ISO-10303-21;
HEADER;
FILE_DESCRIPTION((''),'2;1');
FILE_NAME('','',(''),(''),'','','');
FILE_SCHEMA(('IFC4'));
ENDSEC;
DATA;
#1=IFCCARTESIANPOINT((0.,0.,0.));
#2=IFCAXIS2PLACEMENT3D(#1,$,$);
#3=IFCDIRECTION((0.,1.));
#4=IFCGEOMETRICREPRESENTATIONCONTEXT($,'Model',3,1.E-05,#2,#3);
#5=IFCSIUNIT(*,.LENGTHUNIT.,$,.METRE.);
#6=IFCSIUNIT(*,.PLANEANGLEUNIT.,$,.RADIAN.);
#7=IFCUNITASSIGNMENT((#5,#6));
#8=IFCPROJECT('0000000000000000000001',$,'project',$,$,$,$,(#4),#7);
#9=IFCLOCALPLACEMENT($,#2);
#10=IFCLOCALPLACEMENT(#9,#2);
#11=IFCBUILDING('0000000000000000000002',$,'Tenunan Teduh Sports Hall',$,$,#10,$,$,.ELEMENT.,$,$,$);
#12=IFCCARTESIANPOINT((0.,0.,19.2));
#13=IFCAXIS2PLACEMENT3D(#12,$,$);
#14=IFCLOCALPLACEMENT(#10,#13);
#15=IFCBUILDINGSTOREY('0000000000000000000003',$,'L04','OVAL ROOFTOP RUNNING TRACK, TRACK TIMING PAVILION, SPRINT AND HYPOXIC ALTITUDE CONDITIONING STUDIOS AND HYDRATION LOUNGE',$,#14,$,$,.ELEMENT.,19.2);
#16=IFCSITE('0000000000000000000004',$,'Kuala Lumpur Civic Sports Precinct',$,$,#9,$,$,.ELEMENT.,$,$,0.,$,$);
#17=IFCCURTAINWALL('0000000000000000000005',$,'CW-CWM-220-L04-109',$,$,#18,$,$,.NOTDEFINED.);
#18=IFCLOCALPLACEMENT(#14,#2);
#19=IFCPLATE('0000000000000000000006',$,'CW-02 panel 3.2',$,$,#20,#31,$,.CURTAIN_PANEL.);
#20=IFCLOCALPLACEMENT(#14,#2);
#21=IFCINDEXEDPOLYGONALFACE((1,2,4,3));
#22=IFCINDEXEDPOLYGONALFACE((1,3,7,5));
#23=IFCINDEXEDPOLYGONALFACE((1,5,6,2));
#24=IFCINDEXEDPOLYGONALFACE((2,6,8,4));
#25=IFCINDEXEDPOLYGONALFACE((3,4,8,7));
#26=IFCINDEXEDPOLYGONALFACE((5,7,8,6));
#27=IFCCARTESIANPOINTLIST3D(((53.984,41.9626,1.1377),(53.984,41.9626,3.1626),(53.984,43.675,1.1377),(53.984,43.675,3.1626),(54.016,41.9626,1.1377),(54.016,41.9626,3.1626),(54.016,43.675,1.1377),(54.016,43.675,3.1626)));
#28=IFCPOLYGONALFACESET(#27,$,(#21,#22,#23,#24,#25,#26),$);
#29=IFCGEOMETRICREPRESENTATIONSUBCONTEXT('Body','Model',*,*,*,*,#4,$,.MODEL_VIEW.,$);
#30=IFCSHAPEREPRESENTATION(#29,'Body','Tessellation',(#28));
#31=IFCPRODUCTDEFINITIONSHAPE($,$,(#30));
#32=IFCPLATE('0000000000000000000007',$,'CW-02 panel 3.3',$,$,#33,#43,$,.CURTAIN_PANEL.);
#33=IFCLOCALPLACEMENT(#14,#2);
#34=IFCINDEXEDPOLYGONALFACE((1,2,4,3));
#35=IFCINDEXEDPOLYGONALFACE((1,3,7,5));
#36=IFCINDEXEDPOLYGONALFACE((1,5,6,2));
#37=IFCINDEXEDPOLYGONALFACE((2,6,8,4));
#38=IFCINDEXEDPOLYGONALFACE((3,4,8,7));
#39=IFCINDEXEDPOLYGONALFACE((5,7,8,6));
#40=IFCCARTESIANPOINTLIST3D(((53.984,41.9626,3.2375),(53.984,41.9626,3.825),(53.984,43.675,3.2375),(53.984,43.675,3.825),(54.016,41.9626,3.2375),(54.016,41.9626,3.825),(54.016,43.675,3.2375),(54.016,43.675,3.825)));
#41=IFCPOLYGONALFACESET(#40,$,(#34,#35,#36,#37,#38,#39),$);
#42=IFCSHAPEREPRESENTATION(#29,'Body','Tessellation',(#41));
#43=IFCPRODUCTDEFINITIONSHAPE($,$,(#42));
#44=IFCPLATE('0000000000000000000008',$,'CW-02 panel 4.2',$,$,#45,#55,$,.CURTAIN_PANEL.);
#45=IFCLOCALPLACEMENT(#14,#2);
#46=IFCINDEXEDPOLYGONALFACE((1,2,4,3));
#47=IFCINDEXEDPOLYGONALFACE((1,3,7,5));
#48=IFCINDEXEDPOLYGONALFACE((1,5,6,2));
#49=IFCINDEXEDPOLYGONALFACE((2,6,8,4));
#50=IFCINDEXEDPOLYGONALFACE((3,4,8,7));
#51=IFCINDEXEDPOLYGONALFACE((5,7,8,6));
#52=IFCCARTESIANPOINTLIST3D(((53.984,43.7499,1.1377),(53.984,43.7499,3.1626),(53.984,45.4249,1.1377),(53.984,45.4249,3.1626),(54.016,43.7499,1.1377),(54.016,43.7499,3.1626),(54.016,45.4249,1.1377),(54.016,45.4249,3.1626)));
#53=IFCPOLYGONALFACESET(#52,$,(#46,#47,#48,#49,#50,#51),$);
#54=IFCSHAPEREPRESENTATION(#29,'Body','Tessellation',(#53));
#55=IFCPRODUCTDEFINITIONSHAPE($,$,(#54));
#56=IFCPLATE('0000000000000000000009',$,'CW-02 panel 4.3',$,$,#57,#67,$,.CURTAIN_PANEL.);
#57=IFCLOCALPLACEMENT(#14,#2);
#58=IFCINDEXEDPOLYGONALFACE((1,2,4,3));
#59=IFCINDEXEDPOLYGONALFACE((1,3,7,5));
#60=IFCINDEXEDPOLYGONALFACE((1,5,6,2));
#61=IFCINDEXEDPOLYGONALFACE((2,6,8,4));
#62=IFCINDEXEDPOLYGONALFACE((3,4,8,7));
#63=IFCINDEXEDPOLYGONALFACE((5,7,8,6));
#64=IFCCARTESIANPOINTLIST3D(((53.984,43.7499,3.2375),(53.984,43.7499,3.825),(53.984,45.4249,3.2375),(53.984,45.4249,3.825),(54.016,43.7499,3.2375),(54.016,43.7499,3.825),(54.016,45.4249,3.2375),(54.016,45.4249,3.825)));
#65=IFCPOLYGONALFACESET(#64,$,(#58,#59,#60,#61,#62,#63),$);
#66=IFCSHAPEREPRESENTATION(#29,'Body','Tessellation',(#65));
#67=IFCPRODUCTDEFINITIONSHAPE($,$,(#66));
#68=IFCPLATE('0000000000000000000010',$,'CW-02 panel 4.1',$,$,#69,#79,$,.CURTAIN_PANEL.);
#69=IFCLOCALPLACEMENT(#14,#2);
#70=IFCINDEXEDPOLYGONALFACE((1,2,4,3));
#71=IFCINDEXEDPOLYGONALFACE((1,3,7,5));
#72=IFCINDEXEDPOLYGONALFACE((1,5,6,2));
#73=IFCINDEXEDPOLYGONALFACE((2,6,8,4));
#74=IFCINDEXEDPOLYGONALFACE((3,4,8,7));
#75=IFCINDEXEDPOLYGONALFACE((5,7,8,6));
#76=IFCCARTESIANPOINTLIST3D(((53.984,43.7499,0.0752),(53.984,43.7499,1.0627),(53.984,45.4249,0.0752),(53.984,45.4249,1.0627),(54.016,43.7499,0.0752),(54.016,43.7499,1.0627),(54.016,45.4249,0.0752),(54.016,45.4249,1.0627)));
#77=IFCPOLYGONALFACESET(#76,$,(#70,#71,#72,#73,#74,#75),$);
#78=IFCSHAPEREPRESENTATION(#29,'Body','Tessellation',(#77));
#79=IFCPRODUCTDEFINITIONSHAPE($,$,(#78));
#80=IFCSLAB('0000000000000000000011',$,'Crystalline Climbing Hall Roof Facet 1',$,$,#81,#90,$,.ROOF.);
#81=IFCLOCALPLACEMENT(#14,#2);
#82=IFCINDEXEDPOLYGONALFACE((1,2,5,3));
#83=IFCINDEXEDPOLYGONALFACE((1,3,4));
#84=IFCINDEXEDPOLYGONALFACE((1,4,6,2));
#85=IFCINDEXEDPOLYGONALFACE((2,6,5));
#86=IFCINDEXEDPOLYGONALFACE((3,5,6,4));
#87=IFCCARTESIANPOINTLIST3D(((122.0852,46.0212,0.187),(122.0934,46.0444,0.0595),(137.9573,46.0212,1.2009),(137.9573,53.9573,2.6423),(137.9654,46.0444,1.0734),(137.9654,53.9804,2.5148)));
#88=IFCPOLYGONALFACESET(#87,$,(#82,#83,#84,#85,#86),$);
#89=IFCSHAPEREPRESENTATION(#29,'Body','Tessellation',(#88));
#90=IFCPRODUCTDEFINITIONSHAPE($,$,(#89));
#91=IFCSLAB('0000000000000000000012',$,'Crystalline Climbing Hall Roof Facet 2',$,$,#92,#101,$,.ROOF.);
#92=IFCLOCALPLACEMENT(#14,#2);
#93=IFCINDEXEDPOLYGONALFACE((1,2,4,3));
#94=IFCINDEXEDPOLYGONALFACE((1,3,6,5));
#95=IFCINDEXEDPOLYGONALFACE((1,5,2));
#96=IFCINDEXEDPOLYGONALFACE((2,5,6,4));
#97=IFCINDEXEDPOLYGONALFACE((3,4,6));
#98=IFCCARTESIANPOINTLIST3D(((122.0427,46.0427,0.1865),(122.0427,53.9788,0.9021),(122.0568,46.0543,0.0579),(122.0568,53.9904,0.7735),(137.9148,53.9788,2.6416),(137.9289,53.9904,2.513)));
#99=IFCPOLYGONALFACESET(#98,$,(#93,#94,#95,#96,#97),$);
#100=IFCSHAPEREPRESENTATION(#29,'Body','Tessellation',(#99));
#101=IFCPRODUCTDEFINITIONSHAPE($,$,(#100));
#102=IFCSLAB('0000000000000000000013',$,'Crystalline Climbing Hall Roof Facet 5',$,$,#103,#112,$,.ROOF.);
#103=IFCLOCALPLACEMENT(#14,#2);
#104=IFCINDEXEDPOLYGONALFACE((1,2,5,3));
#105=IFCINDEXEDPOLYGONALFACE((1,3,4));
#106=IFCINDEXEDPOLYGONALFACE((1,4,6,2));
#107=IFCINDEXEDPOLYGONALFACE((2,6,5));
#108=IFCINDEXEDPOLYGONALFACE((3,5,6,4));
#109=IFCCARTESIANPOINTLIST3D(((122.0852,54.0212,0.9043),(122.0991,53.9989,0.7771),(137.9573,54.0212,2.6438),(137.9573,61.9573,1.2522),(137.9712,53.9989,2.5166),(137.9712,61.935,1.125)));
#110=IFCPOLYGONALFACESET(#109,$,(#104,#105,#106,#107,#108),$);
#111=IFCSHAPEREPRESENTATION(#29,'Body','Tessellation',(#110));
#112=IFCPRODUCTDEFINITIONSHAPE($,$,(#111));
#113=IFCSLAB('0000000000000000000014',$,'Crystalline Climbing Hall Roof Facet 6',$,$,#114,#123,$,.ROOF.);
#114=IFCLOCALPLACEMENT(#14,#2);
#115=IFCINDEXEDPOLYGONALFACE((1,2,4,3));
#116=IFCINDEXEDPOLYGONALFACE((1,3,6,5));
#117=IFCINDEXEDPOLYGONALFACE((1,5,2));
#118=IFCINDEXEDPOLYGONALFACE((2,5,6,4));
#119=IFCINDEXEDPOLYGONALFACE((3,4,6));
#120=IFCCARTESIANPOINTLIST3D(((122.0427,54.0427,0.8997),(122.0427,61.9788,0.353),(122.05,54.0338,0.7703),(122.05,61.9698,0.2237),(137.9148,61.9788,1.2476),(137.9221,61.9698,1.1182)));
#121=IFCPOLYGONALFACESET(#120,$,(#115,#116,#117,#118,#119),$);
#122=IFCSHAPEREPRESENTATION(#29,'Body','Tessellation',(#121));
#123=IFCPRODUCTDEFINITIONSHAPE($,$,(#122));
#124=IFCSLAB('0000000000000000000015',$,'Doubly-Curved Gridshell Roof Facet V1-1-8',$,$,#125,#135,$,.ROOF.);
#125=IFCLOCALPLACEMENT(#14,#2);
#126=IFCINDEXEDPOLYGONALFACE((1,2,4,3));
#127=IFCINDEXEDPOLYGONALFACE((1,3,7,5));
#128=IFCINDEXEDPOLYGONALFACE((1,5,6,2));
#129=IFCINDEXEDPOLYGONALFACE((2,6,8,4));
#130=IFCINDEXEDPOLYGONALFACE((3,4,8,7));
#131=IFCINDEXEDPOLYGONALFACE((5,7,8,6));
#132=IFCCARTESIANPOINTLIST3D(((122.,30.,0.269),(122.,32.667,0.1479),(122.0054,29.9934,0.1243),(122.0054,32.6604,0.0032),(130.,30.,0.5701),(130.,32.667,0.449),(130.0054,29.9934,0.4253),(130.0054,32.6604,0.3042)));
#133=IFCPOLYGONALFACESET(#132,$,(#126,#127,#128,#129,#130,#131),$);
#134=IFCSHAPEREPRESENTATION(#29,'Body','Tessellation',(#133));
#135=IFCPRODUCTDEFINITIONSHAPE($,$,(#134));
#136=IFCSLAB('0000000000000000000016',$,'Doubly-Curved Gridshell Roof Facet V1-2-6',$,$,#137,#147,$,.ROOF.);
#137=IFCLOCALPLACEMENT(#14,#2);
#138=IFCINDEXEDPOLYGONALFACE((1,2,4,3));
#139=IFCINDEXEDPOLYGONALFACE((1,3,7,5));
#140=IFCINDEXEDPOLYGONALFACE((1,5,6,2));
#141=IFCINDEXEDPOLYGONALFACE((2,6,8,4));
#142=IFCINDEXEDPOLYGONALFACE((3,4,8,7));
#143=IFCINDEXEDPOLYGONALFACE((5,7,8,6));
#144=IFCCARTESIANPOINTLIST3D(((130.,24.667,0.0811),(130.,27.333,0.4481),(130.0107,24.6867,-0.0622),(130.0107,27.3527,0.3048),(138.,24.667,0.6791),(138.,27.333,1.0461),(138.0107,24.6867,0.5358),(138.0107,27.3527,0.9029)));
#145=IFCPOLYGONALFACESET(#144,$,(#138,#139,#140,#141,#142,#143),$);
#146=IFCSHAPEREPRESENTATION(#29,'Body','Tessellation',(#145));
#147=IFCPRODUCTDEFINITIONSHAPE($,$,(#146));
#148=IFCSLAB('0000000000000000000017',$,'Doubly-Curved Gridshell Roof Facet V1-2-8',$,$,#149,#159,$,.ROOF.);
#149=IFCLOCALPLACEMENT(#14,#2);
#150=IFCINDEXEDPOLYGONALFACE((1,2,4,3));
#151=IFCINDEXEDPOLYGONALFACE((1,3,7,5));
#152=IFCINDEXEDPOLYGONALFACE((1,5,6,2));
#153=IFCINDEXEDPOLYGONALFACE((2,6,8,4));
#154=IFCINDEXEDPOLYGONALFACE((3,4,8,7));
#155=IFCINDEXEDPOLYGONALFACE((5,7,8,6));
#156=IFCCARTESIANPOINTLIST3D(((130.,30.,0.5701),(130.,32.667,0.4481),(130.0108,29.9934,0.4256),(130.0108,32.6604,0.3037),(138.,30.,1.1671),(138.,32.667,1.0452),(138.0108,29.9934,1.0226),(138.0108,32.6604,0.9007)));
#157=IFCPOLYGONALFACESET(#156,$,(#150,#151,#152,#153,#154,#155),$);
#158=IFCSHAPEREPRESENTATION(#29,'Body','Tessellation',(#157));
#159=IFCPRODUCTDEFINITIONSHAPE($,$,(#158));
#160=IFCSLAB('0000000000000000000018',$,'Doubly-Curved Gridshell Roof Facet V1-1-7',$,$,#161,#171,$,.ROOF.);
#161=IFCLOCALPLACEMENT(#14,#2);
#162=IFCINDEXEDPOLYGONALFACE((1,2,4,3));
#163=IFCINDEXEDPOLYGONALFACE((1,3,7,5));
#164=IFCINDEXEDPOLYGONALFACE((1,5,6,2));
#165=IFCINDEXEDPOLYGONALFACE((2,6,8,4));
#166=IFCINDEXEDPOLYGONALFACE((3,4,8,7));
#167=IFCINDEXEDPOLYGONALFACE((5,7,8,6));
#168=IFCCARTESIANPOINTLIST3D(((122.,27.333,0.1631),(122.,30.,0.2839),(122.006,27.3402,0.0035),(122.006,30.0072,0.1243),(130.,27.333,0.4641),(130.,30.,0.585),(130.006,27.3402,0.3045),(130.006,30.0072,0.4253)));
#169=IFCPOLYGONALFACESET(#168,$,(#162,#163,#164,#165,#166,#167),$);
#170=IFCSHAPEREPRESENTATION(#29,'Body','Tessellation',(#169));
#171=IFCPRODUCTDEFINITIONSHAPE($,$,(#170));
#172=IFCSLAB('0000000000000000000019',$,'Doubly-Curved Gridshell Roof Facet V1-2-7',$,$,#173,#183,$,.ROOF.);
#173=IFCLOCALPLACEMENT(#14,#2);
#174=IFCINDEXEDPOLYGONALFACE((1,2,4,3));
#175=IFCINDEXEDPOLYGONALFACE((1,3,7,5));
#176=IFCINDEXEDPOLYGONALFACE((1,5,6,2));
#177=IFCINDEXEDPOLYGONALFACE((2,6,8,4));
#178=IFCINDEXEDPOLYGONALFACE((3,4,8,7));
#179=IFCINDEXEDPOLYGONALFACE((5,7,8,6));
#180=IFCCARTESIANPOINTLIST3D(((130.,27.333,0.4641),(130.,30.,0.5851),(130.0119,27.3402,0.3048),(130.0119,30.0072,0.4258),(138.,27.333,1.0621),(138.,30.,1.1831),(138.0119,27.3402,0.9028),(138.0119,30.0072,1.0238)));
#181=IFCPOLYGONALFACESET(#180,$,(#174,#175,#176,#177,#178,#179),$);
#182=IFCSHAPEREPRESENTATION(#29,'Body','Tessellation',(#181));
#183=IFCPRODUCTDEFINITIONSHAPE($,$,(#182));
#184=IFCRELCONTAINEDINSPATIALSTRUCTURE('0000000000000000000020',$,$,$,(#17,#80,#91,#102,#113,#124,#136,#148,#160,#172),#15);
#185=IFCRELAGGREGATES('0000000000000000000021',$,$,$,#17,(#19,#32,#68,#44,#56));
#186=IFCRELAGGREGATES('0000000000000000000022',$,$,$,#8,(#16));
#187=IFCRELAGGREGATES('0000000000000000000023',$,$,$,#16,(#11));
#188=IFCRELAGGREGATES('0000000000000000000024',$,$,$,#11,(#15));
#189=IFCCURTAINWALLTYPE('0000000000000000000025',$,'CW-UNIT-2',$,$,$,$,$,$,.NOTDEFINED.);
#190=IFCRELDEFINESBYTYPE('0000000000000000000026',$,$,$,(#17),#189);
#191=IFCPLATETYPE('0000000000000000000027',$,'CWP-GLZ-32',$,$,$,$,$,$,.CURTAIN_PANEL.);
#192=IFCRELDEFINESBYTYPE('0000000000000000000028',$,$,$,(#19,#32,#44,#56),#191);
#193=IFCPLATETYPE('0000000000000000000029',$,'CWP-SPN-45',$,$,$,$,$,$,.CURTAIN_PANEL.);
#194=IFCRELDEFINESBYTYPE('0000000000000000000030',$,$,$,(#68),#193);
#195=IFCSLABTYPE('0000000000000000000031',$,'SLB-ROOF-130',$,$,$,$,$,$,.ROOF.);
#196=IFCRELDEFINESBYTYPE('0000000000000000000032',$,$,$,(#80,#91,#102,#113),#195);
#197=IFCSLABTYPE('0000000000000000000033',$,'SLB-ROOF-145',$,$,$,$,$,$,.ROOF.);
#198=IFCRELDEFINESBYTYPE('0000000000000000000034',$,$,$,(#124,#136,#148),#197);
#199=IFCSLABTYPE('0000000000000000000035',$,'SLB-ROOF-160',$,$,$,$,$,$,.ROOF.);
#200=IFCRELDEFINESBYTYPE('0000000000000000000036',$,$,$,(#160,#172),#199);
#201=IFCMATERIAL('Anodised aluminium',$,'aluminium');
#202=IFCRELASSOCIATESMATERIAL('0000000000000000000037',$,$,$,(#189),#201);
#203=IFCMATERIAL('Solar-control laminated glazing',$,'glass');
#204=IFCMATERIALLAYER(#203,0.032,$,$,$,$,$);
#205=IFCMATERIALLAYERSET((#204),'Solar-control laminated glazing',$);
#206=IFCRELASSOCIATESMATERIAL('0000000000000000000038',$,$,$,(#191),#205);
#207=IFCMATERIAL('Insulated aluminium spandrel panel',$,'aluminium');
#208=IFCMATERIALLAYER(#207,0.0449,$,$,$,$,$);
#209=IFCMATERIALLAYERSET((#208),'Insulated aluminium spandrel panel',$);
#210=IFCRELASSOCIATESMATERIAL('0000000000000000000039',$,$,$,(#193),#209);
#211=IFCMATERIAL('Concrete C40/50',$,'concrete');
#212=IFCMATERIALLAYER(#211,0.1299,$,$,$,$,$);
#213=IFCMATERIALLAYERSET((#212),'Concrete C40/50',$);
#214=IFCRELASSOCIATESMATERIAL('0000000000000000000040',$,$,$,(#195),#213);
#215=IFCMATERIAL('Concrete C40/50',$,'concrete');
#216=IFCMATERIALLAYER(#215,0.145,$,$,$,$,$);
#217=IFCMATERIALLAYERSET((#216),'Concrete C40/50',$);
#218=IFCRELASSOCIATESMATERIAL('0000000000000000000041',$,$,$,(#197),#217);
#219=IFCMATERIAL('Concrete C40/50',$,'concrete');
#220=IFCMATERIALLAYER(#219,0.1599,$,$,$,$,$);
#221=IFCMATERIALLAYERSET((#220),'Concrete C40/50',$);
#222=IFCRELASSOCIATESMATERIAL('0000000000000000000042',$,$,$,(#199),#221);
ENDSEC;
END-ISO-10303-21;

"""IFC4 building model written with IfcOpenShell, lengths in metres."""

from ifc_helpers import new_model, si_unit, direction, frame, origin, origin_2d, place, context, subcontext, project, spatial, polyline, rectangle, outline, extrude, material, layer, layer_set, type_object, element, aggregate, save


model = new_model("IFC4")

# Units and contexts
model_context = context("Model", 3, precision=1e-05, world=origin(), true_north=direction((0.0, 1.0)))
body_context = subcontext(model_context, "Body", "Model", "MODEL_VIEW")
ifc_project = project(units=[si_unit("LENGTHUNIT", "METRE"), si_unit("PLANEANGLEUNIT", "RADIAN")], contexts=[model_context])

# Site, building, storey
site_placement = place(None, origin())
site = spatial("IfcSite", under=ifc_project, at=site_placement, Name="Kuala Lumpur Civic Sports Precinct", CompositionType="ELEMENT", RefElevation=0.0)
building_placement = place(site_placement, origin())
building = spatial("IfcBuilding", under=site, at=building_placement, Name="Tenunan Teduh Sports Hall", CompositionType="ELEMENT")
storey_placement = place(building_placement, frame((0.0, 0.0, 19.2)))
storey = spatial("IfcBuildingStorey", under=building, at=storey_placement, Name="L04", Description="OVAL ROOFTOP RUNNING TRACK, TRACK TIMING PAVILION, SPRINT AND HYPOXIC ALTITUDE CONDITIONING STUDIOS AND HYDRATION LOUNGE", CompositionType="ELEMENT", Elevation=19.2)

# Curtain wall
ifc_material_1 = material(Name="Anodised aluminium", Category="aluminium")
curtain_wall_type = type_object("IfcCurtainWallType", Name="CW-UNIT-2", PredefinedType="NOTDEFINED", material=ifc_material_1)
curtain_wall_placement = place(storey_placement, origin())
curtain_wall = element("IfcCurtainWall", 1, at=curtain_wall_placement, inside=storey, type_object=curtain_wall_type, Name="CW-CWM-220-L04-109", PredefinedType="NOTDEFINED")

# Plates
ifc_material_2 = material(Name="Solar-control laminated glazing", Category="glass")
ifc_layer_1 = layer(ifc_material_2, 0.032)
ifc_layer_set_1 = layer_set([ifc_layer_1], Name="Solar-control laminated glazing")
plate_type_1 = type_object("IfcPlateType", Name="CWP-GLZ-32", PredefinedType="CURTAIN_PANEL", material=ifc_layer_set_1)
plate_1_placement = place(storey_placement, frame((54.0, 42.8188, 1.1377), z_axis=(0.0, 0.0, 1.0), x_axis=(0.0, 1.0, 0.0)))
plate_1 = element("IfcPlate", 2, at=plate_1_placement, type_object=plate_type_1, Name="CW-02 panel 3.2", PredefinedType="CURTAIN_PANEL", context=body_context, shape_type="SweptSolid", body=[
    extrude(rectangle(XDim=1.7124, YDim=0.032, at=origin_2d()), origin(), (0.0, 0.0, 1.0), 2.0249),
])
plate_2_placement = place(storey_placement, frame((54.0, 42.8188, 3.2375), z_axis=(0.0, 0.0, 1.0), x_axis=(0.0, 1.0, 0.0)))
plate_2 = element("IfcPlate", 3, at=plate_2_placement, type_object=plate_type_1, Name="CW-02 panel 3.3", PredefinedType="CURTAIN_PANEL", context=body_context, shape_type="SweptSolid", body=[
    extrude(rectangle(XDim=1.7124, YDim=0.032, at=origin_2d()), origin(), (0.0, 0.0, 1.0), 0.5874),
])
plate_3_placement = place(storey_placement, frame((54.0, 44.5874, 1.1377), z_axis=(0.0, 0.0, 1.0), x_axis=(0.0, 1.0, 0.0)))
plate_3 = element("IfcPlate", 4, at=plate_3_placement, type_object=plate_type_1, Name="CW-02 panel 4.2", PredefinedType="CURTAIN_PANEL", context=body_context, shape_type="SweptSolid", body=[
    extrude(rectangle(XDim=1.675, YDim=0.032, at=origin_2d()), origin(), (0.0, 0.0, 1.0), 2.0249),
])
plate_4_placement = place(storey_placement, frame((54.0, 44.5874, 3.2375), z_axis=(0.0, 0.0, 1.0), x_axis=(0.0, 1.0, 0.0)))
plate_4 = element("IfcPlate", 5, at=plate_4_placement, type_object=plate_type_1, Name="CW-02 panel 4.3", PredefinedType="CURTAIN_PANEL", context=body_context, shape_type="SweptSolid", body=[
    extrude(rectangle(XDim=1.675, YDim=0.032, at=origin_2d()), origin(), (0.0, 0.0, 1.0), 0.5874),
])
ifc_material_3 = material(Name="Insulated aluminium spandrel panel", Category="aluminium")
ifc_layer_2 = layer(ifc_material_3, 0.0449)
ifc_layer_set_2 = layer_set([ifc_layer_2], Name="Insulated aluminium spandrel panel")
plate_type_2 = type_object("IfcPlateType", Name="CWP-SPN-45", PredefinedType="CURTAIN_PANEL", material=ifc_layer_set_2)
plate_5_placement = place(storey_placement, frame((54.0, 44.5874, 0.0752), z_axis=(0.0, 0.0, 1.0), x_axis=(0.0, 1.0, 0.0)))
plate_5 = element("IfcPlate", 6, at=plate_5_placement, type_object=plate_type_2, Name="CW-02 panel 4.1", PredefinedType="CURTAIN_PANEL", context=body_context, shape_type="SweptSolid", body=[
    extrude(rectangle(XDim=1.675, YDim=0.032, at=origin_2d()), origin(), (0.0, 0.0, 1.0), 0.9875),
])
aggregate(curtain_wall, [plate_1, plate_2, plate_5, plate_3, plate_4])

# Slabs
ifc_material_4 = material(Name="Concrete C40/50", Category="concrete")
ifc_layer_3 = layer(ifc_material_4, 0.1299)
ifc_layer_set_3 = layer_set([ifc_layer_3], Name="Concrete C40/50")
slab_type_1 = type_object("IfcSlabType", Name="SLB-ROOF-130", PredefinedType="ROOF", material=ifc_layer_set_3)
slab_1_placement = place(storey_placement, frame((122.0852, 46.0212, 0.187), z_axis=(-0.062728, -0.178352, 0.981965), x_axis=(0.997966, 0.0, 0.063751)))
element("IfcSlab", 7, at=slab_1_placement, inside=storey, type_object=slab_type_1, Name="Crystalline Climbing Hall Roof Facet 1", PredefinedType="ROOF", context=body_context, shape_type="SweptSolid", body=[
    extrude(outline(polyline([(0.0, 0.0), (15.9044, 0.0), (15.9963, 8.0653), (0.0, 0.0)])), origin(), (0.0, 0.0, -1.0), 0.1299),
])
slab_2_placement = place(storey_placement, frame((122.0427, 46.0427, 0.1865), z_axis=(-0.108508, -0.089273, 0.990079), x_axis=(0.885988, 0.442994, 0.137044)))
element("IfcSlab", 8, at=slab_2_placement, inside=storey, type_object=slab_type_1, Name="Crystalline Climbing Hall Roof Facet 2", PredefinedType="ROOF", context=body_context, shape_type="SweptSolid", body=[
    extrude(outline(polyline([(0.0, 0.0), (17.9145, 0.0), (3.6137, 7.1017), (0.0, 0.0)])), origin(), (0.0, 0.0, -1.0), 0.1299),
])
slab_3_placement = place(storey_placement, frame((122.0852, 54.0212, 0.9043), z_axis=(-0.107325, 0.171719, 0.979282), x_axis=(0.994048, 0.0, 0.108943)))
element("IfcSlab", 9, at=slab_3_placement, inside=storey, type_object=slab_type_1, Name="Crystalline Climbing Hall Roof Facet 5", PredefinedType="ROOF", context=body_context, shape_type="SweptSolid", body=[
    extrude(outline(polyline([(0.0, 0.0), (15.9671, 0.0), (15.8155, 8.0557), (0.0, 0.0)])), origin(), (0.0, 0.0, -1.0), 0.1299),
])
slab_4_placement = place(storey_placement, frame((122.0427, 54.0427, 0.8997), z_axis=(-0.056137, 0.068608, 0.996063), x_axis=(0.894255, 0.447128, 0.019601)))
element("IfcSlab", 10, at=slab_4_placement, inside=storey, type_object=slab_type_1, Name="Crystalline Climbing Hall Roof Facet 6", PredefinedType="ROOF", context=body_context, shape_type="SweptSolid", body=[
    extrude(outline(polyline([(0.0, 0.0), (17.7489, 0.0), (3.5377, 7.1249), (0.0, 0.0)])), origin(), (0.0, 0.0, -1.0), 0.1299),
])
ifc_material_5 = material(Name="Concrete C40/50", Category="concrete")
ifc_layer_4 = layer(ifc_material_5, 0.145)
ifc_layer_set_4 = layer_set([ifc_layer_4], Name="Concrete C40/50")
slab_type_2 = type_object("IfcSlabType", Name="SLB-ROOF-145", PredefinedType="ROOF", material=ifc_layer_set_4)
slab_5_placement = place(storey_placement, frame((122.0, 30.0, 0.269), z_axis=(-0.037563, 0.045326, 0.998266), x_axis=(0.999293, 0.0, 0.037602)))
element("IfcSlab", 11, at=slab_5_placement, inside=storey, type_object=slab_type_2, Name="Doubly-Curved Gridshell Roof Facet V1-1-8", PredefinedType="ROOF", context=body_context, shape_type="SweptSolid", body=[
    extrude(outline(polyline([(0.0, 0.0), (8.0057, 0.0), (8.0011, 2.6697), (-0.0046, 2.6697), (0.0, 0.0)])), origin(), (0.0, 0.0, -1.0), 0.145),
])
slab_6_placement = place(storey_placement, frame((130.0, 24.667, 0.0811), z_axis=(-0.073852, -0.136024, 0.987949), x_axis=(0.997218, -0.000002, 0.074545)))
element("IfcSlab", 12, at=slab_6_placement, inside=storey, type_object=slab_type_2, Name="Doubly-Curved Gridshell Roof Facet V1-2-6", PredefinedType="ROOF", context=body_context, shape_type="SweptSolid", body=[
    extrude(outline(polyline([(0.0, 0.0), (8.0223, 0.0), (8.0497, 2.691), (0.0273, 2.691), (0.0, 0.0)])), origin(), (0.0, 0.0, -1.0), 0.145),
])
slab_7_placement = place(storey_placement, frame((130.0, 30.0, 0.5701), z_axis=(-0.074347, 0.045551, 0.996192), x_axis=(0.997227, 0.000001, 0.074424)))
element("IfcSlab", 13, at=slab_7_placement, inside=storey, type_object=slab_type_2, Name="Doubly-Curved Gridshell Roof Facet V1-2-8", PredefinedType="ROOF", context=body_context, shape_type="SweptSolid", body=[
    extrude(outline(polyline([(0.0, 0.0), (8.0222, 0.0), (8.0132, 2.6698), (-0.0091, 2.6698), (0.0, 0.0)])), origin(), (0.0, 0.0, -1.0), 0.145),
])
ifc_material_6 = material(Name="Concrete C40/50", Category="concrete")
ifc_layer_5 = layer(ifc_material_6, 0.1599)
ifc_layer_set_5 = layer_set([ifc_layer_5], Name="Concrete C40/50")
slab_type_3 = type_object("IfcSlabType", Name="SLB-ROOF-160", PredefinedType="ROOF", material=ifc_layer_set_5)
slab_8_placement = place(storey_placement, frame((122.0, 27.333, 0.1631), z_axis=(-0.037563, -0.045235, 0.99827), x_axis=(0.999293, 0.0, 0.037602)))
element("IfcSlab", 14, at=slab_8_placement, inside=storey, type_object=slab_type_3, Name="Doubly-Curved Gridshell Roof Facet V1-1-7", PredefinedType="ROOF", context=body_context, shape_type="SweptSolid", body=[
    extrude(outline(polyline([(0.0, 0.0), (8.0057, 0.0), (8.0102, 2.6697), (0.0045, 2.6697), (0.0, 0.0)])), origin(), (0.0, 0.0, -1.0), 0.1599),
])
slab_9_placement = place(storey_placement, frame((130.0, 27.333, 0.4641), z_axis=(-0.074469, -0.045186, 0.996199), x_axis=(0.997218, -0.000001, 0.074545)))
element("IfcSlab", 15, at=slab_9_placement, inside=storey, type_object=slab_type_3, Name="Doubly-Curved Gridshell Roof Facet V1-2-7", PredefinedType="ROOF", context=body_context, shape_type="SweptSolid", body=[
    extrude(outline(polyline([(0.0, 0.0), (8.0223, 0.0), (8.0313, 2.6697), (0.009, 2.6697), (0.0, 0.0)])), origin(), (0.0, 0.0, -1.0), 0.1599),
])

save(model, "model.ifc")
